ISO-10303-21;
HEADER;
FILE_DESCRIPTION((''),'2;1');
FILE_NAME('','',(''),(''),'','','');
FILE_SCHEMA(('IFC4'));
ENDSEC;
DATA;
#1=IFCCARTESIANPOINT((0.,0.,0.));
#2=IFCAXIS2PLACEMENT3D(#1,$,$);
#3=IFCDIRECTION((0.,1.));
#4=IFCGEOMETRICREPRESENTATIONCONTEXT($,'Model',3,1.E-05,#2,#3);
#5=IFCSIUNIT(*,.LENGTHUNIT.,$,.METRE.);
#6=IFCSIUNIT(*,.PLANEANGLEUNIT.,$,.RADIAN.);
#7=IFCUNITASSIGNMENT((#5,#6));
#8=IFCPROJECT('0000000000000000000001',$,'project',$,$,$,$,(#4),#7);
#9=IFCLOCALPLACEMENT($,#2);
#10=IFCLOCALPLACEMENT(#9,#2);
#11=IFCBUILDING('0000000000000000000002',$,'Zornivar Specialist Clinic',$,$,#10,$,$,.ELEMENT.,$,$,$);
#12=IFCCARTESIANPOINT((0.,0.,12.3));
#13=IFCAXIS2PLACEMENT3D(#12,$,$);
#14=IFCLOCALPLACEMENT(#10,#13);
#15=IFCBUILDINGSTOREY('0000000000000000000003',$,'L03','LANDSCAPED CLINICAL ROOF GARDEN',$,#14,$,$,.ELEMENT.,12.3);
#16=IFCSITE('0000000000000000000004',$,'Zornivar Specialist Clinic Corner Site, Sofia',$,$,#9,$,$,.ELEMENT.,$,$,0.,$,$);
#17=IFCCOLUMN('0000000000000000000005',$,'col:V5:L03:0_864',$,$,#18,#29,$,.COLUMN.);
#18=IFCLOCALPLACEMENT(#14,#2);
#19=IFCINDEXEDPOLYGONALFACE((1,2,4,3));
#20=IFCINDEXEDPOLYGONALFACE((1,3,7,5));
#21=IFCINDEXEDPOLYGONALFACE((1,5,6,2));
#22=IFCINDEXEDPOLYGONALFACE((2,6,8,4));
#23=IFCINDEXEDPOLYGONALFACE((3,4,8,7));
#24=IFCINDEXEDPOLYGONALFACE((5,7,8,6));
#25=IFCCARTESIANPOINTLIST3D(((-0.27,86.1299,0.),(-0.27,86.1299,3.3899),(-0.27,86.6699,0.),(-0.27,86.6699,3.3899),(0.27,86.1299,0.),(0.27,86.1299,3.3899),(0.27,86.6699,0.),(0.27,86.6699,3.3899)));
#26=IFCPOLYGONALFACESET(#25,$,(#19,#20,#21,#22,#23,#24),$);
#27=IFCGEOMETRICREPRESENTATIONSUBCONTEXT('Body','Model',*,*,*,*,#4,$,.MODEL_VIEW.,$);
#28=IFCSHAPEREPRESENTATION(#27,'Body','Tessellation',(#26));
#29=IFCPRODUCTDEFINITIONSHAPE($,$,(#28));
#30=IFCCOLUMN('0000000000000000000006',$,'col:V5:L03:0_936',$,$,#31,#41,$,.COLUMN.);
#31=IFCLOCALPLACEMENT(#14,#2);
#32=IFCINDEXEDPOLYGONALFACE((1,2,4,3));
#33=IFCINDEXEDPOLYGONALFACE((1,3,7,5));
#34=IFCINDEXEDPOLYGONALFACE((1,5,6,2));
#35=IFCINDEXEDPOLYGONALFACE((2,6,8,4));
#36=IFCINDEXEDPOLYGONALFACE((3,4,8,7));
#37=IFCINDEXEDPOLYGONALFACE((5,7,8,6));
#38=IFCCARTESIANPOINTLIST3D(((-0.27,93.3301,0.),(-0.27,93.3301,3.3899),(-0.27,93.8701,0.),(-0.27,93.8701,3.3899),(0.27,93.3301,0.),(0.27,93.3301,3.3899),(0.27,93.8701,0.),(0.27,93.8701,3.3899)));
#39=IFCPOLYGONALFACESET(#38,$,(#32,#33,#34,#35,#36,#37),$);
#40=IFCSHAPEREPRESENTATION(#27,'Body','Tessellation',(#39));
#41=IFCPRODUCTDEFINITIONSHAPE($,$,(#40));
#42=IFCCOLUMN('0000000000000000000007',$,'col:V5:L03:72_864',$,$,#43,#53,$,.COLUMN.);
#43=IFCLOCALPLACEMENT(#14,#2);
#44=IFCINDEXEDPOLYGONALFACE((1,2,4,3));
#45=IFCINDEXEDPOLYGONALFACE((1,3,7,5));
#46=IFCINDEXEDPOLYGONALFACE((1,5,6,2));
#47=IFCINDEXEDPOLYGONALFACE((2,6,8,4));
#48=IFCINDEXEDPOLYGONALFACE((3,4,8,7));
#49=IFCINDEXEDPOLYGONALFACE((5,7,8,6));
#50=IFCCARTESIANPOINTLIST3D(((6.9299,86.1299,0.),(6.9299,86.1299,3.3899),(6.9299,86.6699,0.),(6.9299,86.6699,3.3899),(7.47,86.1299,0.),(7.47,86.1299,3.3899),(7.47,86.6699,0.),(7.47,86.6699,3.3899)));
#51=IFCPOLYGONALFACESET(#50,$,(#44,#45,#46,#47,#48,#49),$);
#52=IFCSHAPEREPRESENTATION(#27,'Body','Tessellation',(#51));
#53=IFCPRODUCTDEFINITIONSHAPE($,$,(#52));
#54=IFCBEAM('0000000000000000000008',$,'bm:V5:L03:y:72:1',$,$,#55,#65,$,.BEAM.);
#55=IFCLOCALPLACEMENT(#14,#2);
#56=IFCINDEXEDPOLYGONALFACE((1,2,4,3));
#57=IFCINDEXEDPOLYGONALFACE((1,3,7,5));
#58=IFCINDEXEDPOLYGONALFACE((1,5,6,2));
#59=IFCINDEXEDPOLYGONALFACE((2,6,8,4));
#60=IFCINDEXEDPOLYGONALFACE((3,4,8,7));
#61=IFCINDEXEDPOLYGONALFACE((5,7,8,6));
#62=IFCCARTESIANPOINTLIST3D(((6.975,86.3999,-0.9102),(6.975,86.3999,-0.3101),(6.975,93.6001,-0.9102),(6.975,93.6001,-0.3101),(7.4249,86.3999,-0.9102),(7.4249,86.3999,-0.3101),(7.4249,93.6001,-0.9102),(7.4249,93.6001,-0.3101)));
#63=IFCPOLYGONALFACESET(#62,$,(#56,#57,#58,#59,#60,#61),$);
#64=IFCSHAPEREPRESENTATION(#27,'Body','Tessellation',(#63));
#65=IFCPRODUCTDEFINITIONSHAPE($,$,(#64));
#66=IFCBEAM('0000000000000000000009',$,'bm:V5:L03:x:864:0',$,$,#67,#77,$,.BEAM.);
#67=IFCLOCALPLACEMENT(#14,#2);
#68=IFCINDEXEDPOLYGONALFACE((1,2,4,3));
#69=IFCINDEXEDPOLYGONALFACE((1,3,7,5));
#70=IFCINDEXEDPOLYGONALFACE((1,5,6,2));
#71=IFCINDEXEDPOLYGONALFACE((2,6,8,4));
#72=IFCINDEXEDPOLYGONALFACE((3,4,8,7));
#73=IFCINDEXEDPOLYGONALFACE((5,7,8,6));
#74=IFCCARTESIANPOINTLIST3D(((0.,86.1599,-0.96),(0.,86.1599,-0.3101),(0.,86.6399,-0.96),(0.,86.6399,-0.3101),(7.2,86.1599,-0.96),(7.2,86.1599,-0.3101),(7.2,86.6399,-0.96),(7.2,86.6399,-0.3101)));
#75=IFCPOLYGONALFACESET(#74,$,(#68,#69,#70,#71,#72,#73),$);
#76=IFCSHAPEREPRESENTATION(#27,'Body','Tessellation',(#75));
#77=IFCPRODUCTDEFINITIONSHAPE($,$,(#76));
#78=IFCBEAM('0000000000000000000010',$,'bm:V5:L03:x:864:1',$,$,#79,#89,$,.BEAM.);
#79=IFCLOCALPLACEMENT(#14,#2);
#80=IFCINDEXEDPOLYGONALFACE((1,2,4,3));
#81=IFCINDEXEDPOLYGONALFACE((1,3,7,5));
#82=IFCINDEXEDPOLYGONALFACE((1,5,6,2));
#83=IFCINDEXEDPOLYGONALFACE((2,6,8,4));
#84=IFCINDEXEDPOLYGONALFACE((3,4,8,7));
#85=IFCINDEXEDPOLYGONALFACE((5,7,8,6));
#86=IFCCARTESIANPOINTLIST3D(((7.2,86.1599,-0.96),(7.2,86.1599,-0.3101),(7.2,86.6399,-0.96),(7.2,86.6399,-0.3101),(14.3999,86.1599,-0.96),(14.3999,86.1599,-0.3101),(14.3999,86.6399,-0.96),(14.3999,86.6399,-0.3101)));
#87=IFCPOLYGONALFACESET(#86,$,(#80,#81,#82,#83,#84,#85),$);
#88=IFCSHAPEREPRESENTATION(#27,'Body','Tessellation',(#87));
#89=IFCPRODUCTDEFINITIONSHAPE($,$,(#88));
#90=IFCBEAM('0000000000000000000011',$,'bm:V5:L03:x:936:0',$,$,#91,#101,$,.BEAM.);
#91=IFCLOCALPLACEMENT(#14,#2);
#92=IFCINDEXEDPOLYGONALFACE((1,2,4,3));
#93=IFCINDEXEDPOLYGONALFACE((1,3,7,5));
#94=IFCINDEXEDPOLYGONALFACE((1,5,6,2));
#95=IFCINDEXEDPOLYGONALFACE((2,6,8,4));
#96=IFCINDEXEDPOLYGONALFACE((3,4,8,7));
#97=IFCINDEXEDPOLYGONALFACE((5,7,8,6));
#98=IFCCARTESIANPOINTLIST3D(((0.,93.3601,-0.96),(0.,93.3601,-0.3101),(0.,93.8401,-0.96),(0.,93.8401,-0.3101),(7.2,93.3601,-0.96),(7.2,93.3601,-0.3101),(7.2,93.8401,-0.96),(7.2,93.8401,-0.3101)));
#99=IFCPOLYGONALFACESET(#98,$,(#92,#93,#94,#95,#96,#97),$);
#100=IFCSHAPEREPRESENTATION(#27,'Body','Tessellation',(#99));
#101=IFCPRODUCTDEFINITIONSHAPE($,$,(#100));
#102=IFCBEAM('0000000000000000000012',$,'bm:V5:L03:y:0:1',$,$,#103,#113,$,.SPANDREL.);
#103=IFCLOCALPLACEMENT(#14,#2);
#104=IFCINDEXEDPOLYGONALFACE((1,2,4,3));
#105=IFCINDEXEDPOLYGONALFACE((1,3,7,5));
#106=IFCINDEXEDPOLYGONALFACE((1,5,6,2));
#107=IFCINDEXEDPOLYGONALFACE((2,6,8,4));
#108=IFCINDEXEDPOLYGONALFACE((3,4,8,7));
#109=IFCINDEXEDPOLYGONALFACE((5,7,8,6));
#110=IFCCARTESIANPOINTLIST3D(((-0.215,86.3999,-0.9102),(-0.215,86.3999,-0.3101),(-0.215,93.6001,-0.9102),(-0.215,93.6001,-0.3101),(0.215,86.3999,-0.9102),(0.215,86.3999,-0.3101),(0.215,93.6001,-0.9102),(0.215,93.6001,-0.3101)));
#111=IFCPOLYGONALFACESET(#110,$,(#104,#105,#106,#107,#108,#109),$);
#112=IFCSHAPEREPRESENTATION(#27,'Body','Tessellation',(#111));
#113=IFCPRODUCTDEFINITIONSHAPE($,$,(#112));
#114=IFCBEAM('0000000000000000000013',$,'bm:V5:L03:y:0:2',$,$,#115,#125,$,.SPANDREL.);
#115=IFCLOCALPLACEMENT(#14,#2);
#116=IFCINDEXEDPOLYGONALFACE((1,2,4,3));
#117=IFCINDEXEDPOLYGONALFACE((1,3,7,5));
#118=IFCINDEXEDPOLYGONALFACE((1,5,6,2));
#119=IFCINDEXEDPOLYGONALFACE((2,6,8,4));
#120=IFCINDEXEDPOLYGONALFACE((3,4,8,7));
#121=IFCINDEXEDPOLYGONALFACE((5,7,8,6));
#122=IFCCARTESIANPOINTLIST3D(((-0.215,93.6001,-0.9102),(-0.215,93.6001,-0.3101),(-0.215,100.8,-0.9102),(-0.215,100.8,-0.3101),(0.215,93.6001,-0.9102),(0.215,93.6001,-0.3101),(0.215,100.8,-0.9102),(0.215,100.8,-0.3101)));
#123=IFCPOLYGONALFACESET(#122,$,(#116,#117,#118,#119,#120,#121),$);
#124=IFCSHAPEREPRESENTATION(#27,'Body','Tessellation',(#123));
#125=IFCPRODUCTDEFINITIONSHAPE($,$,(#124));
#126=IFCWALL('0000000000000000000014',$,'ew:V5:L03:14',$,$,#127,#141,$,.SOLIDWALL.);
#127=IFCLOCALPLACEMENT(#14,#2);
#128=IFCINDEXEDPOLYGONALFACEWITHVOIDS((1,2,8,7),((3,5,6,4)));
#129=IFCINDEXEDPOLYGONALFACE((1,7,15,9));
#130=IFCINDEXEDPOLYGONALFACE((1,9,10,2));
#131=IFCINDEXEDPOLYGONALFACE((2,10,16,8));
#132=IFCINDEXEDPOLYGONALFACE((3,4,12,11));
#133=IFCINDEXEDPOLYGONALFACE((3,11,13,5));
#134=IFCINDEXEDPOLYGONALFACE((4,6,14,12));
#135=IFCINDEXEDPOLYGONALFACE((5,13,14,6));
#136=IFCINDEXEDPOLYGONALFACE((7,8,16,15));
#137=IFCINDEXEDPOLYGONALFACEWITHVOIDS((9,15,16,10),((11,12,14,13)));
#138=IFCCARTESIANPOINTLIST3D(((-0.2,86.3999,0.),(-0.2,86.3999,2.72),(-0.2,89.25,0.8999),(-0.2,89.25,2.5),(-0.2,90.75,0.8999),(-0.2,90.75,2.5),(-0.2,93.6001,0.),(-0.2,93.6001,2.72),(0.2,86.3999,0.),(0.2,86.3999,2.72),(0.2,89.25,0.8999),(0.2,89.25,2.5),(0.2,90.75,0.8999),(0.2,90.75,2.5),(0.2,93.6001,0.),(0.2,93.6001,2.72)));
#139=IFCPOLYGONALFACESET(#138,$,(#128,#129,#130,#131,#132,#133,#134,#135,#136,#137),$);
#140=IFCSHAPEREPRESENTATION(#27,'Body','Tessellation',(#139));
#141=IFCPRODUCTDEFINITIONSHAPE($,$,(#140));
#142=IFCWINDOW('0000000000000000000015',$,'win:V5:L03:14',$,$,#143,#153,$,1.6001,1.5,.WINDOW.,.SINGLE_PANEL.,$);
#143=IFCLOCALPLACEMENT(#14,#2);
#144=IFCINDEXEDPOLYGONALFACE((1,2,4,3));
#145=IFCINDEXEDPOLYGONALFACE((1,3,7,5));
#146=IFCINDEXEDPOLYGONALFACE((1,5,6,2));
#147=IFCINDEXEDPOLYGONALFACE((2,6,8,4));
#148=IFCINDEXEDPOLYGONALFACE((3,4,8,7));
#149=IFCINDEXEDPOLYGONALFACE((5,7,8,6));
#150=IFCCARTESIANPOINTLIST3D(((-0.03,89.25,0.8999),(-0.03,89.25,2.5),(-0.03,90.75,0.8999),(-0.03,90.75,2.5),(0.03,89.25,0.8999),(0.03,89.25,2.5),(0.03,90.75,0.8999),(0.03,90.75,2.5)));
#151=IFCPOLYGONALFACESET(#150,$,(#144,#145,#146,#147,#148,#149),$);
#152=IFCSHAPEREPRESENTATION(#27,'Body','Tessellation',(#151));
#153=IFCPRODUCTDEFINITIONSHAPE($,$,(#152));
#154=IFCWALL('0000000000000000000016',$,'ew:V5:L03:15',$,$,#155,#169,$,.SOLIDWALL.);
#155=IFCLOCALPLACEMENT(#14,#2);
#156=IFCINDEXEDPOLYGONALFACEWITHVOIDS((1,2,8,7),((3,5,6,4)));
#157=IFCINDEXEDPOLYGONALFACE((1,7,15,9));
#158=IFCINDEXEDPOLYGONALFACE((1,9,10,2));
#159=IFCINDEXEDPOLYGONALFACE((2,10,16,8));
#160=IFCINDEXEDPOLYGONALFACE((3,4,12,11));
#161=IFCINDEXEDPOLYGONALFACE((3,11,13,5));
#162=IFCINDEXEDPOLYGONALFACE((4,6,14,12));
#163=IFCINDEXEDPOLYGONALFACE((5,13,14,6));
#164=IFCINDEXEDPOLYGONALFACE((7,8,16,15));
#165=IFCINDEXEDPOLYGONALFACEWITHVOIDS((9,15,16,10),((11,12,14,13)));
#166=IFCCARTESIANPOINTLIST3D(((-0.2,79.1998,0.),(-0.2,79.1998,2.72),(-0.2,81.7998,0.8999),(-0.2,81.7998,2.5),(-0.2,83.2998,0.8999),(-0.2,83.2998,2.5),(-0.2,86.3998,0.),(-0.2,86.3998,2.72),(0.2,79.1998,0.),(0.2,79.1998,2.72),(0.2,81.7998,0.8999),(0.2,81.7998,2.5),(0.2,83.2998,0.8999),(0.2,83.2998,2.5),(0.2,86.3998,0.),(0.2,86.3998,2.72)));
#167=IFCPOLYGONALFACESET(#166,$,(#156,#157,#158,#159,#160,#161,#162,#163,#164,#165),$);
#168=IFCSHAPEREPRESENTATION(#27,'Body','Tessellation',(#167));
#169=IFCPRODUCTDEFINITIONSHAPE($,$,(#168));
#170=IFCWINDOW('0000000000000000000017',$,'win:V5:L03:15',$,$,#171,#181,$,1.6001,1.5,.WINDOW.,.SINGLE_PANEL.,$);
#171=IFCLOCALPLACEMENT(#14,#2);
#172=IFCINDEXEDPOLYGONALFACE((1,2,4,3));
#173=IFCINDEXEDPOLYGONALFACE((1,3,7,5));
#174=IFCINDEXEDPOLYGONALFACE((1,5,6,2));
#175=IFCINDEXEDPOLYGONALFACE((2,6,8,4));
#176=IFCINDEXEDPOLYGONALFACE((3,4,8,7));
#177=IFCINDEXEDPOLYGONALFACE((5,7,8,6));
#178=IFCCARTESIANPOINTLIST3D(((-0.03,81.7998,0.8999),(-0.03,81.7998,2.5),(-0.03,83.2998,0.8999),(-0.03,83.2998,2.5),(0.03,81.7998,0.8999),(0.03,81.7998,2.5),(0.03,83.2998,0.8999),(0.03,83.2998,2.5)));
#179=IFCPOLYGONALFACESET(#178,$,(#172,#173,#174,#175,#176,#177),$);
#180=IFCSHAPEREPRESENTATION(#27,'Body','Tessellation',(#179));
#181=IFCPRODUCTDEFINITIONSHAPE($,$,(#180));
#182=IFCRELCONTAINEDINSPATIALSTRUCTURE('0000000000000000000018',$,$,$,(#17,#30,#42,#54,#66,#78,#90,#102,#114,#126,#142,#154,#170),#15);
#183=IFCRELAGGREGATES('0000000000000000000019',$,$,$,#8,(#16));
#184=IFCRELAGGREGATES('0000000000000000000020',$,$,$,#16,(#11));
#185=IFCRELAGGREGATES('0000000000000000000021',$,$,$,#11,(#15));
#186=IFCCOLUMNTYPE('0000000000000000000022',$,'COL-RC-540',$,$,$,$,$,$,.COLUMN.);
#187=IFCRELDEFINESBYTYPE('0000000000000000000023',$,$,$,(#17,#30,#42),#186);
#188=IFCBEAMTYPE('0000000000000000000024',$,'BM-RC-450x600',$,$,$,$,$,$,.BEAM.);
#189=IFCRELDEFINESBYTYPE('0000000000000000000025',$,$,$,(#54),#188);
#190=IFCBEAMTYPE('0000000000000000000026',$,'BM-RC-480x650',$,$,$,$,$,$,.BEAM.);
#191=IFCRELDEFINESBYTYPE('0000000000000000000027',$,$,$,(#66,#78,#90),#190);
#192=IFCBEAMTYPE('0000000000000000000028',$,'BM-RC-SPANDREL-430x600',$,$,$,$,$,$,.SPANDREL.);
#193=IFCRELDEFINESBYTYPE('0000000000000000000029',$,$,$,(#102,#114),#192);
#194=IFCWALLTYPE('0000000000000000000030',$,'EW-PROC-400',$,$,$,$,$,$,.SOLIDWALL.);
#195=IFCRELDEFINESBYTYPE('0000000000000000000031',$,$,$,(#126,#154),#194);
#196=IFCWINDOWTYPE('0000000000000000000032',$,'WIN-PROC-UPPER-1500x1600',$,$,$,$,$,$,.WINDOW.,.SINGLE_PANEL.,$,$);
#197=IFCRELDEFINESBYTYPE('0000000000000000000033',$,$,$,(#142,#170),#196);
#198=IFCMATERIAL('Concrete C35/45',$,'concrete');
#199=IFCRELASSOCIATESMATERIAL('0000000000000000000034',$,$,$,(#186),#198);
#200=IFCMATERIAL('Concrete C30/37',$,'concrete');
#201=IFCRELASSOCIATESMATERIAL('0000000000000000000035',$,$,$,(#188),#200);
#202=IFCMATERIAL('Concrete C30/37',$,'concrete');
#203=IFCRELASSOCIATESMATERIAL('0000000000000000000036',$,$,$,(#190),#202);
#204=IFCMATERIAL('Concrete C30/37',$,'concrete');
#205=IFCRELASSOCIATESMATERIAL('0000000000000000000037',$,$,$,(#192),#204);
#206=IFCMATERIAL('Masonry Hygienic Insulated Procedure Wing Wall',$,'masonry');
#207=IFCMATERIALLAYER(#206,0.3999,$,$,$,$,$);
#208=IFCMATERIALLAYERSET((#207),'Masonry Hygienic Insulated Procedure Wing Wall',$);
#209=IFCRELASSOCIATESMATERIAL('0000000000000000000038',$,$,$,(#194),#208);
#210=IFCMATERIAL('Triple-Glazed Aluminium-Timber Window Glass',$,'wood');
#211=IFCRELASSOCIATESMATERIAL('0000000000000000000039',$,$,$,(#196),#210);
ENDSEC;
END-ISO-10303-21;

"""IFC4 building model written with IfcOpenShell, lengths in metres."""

from ifc_helpers import new_model, si_unit, direction, frame, frame_2d, origin, origin_2d, place, context, subcontext, project, spatial, rectangle, extrude, material, layer, layer_set, material_profile, profile_set, type_object, element, fill, save


model = new_model("IFC4")

# Units and contexts
model_context = context("Model", 3, precision=1e-05, world=origin(), true_north=direction((0.0, 1.0)))
body_context = subcontext(model_context, "Body", "Model", "MODEL_VIEW")
ifc_project = project(units=[si_unit("LENGTHUNIT", "METRE"), si_unit("PLANEANGLEUNIT", "RADIAN")], contexts=[model_context])

# Site, building, storey
site_placement = place(None, origin())
site = spatial("IfcSite", under=ifc_project, at=site_placement, Name="Zornivar Specialist Clinic Corner Site, Sofia", CompositionType="ELEMENT", RefElevation=0.0)
building_placement = place(site_placement, origin())
building = spatial("IfcBuilding", under=site, at=building_placement, Name="Zornivar Specialist Clinic", CompositionType="ELEMENT")
storey_placement = place(building_placement, frame((0.0, 0.0, 12.3)))
storey = spatial("IfcBuildingStorey", under=building, at=storey_placement, Name="L03", Description="LANDSCAPED CLINICAL ROOF GARDEN", CompositionType="ELEMENT", Elevation=12.3)

# Columns
ifc_material_1 = material(Name="Concrete C35/45", Category="concrete")
ifc_material_profile_1 = material_profile(ifc_material_1, rectangle(XDim=0.54, YDim=0.54, at=origin_2d()), Name="RC 540x540")
ifc_profile_set_1 = profile_set([ifc_material_profile_1], Name="Concrete C35/45")
column_type = type_object("IfcColumnType", Name="COL-RC-540", PredefinedType="COLUMN", material=ifc_profile_set_1)
for number, where, z_axis, x_axis, name in (
    (1, (0.0, 86.3999, 0.0), (0.0, 0.0, 1.0), (1.0, 0.0, 0.0), "col:V5:L03:0_864"),
    (2, (0.0, 93.6001, 0.0), (0.0, 0.0, 1.0), (1.0, 0.0, 0.0), "col:V5:L03:0_936"),
    (3, (7.2, 86.3999, 0.0), (0.0, 0.0, 1.0), (1.0, 0.0, 0.0), "col:V5:L03:72_864"),
):
    element("IfcColumn", number, at=place(storey_placement, frame(where, z_axis=z_axis, x_axis=x_axis)), inside=storey, type_object=column_type, Name=name, PredefinedType="COLUMN", context=body_context, shape_type="SweptSolid", body=[
        extrude(rectangle(XDim=0.54, YDim=0.54, at=origin_2d()), origin(), (0.0, 0.0, 1.0), 3.3899),
    ])

# Beams
ifc_material_2 = material(Name="Concrete C30/37", Category="concrete")
ifc_material_profile_2 = material_profile(ifc_material_2, rectangle(XDim=0.45, YDim=0.6001, at=origin_2d()), Name="RC 450x600")
ifc_profile_set_2 = profile_set([ifc_material_profile_2], Name="Concrete C30/37")
beam_type_1 = type_object("IfcBeamType", Name="BM-RC-450x600", PredefinedType="BEAM", material=ifc_profile_set_2)
beam_1_placement = place(storey_placement, frame((7.2, 86.3999, -0.6101), z_axis=(0.0, 1.0, 0.0), x_axis=(-1.0, 0.0, 0.0)))
element("IfcBeam", 4, at=beam_1_placement, inside=storey, type_object=beam_type_1, Name="bm:V5:L03:y:72:1", PredefinedType="BEAM", context=body_context, shape_type="SweptSolid", body=[
    extrude(rectangle(XDim=0.45, YDim=0.6001, at=origin_2d()), origin(), (0.0, 0.0, 1.0), 7.2002),
])
ifc_material_3 = material(Name="Concrete C30/37", Category="concrete")
ifc_material_profile_3 = material_profile(ifc_material_3, rectangle(XDim=0.48, YDim=0.6499, at=origin_2d()), Name="RC 480x650")
ifc_profile_set_3 = profile_set([ifc_material_profile_3], Name="Concrete C30/37")
beam_type_2 = type_object("IfcBeamType", Name="BM-RC-480x650", PredefinedType="BEAM", material=ifc_profile_set_3)
for number, where, z_axis, x_axis, name in (
    (5, (0.0, 86.3999, -0.635), (1.0, 0.0, 0.0), (0.0, 1.0, 0.0), "bm:V5:L03:x:864:0"),
    (6, (7.2, 86.3999, -0.635), (1.0, 0.0, 0.0), (0.0, 1.0, 0.0), "bm:V5:L03:x:864:1"),
    (7, (0.0, 93.6001, -0.635), (1.0, 0.0, 0.0), (0.0, 1.0, 0.0), "bm:V5:L03:x:936:0"),
):
    element("IfcBeam", number, at=place(storey_placement, frame(where, z_axis=z_axis, x_axis=x_axis)), inside=storey, type_object=beam_type_2, Name=name, PredefinedType="BEAM", context=body_context, shape_type="SweptSolid", body=[
        extrude(rectangle(XDim=0.48, YDim=0.6499, at=origin_2d()), origin(), (0.0, 0.0, 1.0), 7.2),
    ])
ifc_material_4 = material(Name="Concrete C30/37", Category="concrete")
ifc_material_profile_4 = material_profile(ifc_material_4, rectangle(XDim=0.4299, YDim=0.6001, at=origin_2d()), Name="RC 430x600")
ifc_profile_set_4 = profile_set([ifc_material_profile_4], Name="Concrete C30/37")
beam_type_3 = type_object("IfcBeamType", Name="BM-RC-SPANDREL-430x600", PredefinedType="SPANDREL", material=ifc_profile_set_4)
beam_2_placement = place(storey_placement, frame((0.0, 86.3999, -0.6101), z_axis=(0.0, 1.0, 0.0), x_axis=(-1.0, 0.0, 0.0)))
element("IfcBeam", 8, at=beam_2_placement, inside=storey, type_object=beam_type_3, Name="bm:V5:L03:y:0:1", PredefinedType="SPANDREL", context=body_context, shape_type="SweptSolid", body=[
    extrude(rectangle(XDim=0.4299, YDim=0.6001, at=origin_2d()), origin(), (0.0, 0.0, 1.0), 7.2002),
])
beam_3_placement = place(storey_placement, frame((0.0, 93.6001, -0.6101), z_axis=(0.0, 1.0, 0.0), x_axis=(-1.0, 0.0, 0.0)))
element("IfcBeam", 9, at=beam_3_placement, inside=storey, type_object=beam_type_3, Name="bm:V5:L03:y:0:2", PredefinedType="SPANDREL", context=body_context, shape_type="SweptSolid", body=[
    extrude(rectangle(XDim=0.4299, YDim=0.6001, at=origin_2d()), origin(), (0.0, 0.0, 1.0), 7.2),
])

# Walls, openings, windows
ifc_material_5 = material(Name="Masonry Hygienic Insulated Procedure Wing Wall", Category="masonry")
ifc_layer_1 = layer(ifc_material_5, 0.3999)
ifc_layer_set_1 = layer_set([ifc_layer_1], Name="Masonry Hygienic Insulated Procedure Wing Wall")
wall_type_1 = type_object("IfcWallType", Name="EW-PROC-400", PredefinedType="SOLIDWALL", material=ifc_layer_set_1)
wall_1_placement = place(storey_placement, frame((0.0, 93.6001, 0.0), z_axis=(0.0, 0.0, 1.0), x_axis=(0.0, -1.0, 0.0)))
wall_1 = element("IfcWall", 10, at=wall_1_placement, inside=storey, type_object=wall_type_1, Name="ew:V5:L03:14", PredefinedType="SOLIDWALL", context=body_context, shape_type="SweptSolid", body=[
    extrude(rectangle(XDim=7.2002, YDim=0.3999, at=frame_2d((3.6001, 0.0))), origin(), (0.0, 0.0, 1.0), 2.72),
])
opening_1_placement = place(wall_1_placement, frame((2.8501, 0.0, 0.8999)))
opening_1 = element("IfcOpeningElement", 11, at=opening_1_placement, cuts=wall_1, PredefinedType="OPENING", context=body_context, shape_type="SweptSolid", body=[
    extrude(rectangle(XDim=1.5, YDim=1.6001, at=frame_2d((0.75, 0.8))), frame((0.0, 0.21, 0.0), z_axis=(0.0, -1.0, 0.0), x_axis=(1.0, 0.0, 0.0)), (0.0, 0.0, 1.0), 0.4199),
])
ifc_material_6 = material(Name="Triple-Glazed Aluminium-Timber Window Glass", Category="wood")
window_type = type_object("IfcWindowType", Name="WIN-PROC-UPPER-1500x1600", PartitioningType="SINGLE_PANEL", PredefinedType="WINDOW", material=ifc_material_6)
window_1_placement = place(opening_1_placement, origin())
window_1 = element("IfcWindow", 12, at=window_1_placement, inside=storey, type_object=window_type, Name="win:V5:L03:14", OverallHeight=1.6001, OverallWidth=1.5, PartitioningType="SINGLE_PANEL", PredefinedType="WINDOW", context=body_context, shape_type="SweptSolid", body=[
    extrude(rectangle(XDim=1.5, YDim=1.6001, at=frame_2d((0.75, 0.8))), frame((0.0, 0.03, 0.0), z_axis=(0.0, -1.0, 0.0), x_axis=(1.0, 0.0, 0.0)), (0.0, 0.0, 1.0), 0.0601),
])
fill(opening_1, window_1)
wall_2_placement = place(storey_placement, frame((0.0, 86.3999, 0.0), z_axis=(0.0, 0.0, 1.0), x_axis=(0.0, -1.0, 0.0)))
wall_2 = element("IfcWall", 13, at=wall_2_placement, inside=storey, type_object=wall_type_1, Name="ew:V5:L03:15", PredefinedType="SOLIDWALL", context=body_context, shape_type="SweptSolid", body=[
    extrude(rectangle(XDim=7.2, YDim=0.3999, at=frame_2d((3.6001, 0.0))), origin(), (0.0, 0.0, 1.0), 2.72),
])
opening_2_placement = place(wall_2_placement, frame((3.1001, 0.0, 0.8999)))
opening_2 = element("IfcOpeningElement", 14, at=opening_2_placement, cuts=wall_2, PredefinedType="OPENING", context=body_context, shape_type="SweptSolid", body=[
    extrude(rectangle(XDim=1.5, YDim=1.6001, at=frame_2d((0.75, 0.8))), frame((0.0, 0.21, 0.0), z_axis=(0.0, -1.0, 0.0), x_axis=(1.0, 0.0, 0.0)), (0.0, 0.0, 1.0), 0.4199),
])
window_2_placement = place(opening_2_placement, origin())
window_2 = element("IfcWindow", 15, at=window_2_placement, inside=storey, type_object=window_type, Name="win:V5:L03:15", OverallHeight=1.6001, OverallWidth=1.5, PartitioningType="SINGLE_PANEL", PredefinedType="WINDOW", context=body_context, shape_type="SweptSolid", body=[
    extrude(rectangle(XDim=1.5, YDim=1.6001, at=frame_2d((0.75, 0.8))), frame((0.0, 0.03, 0.0), z_axis=(0.0, -1.0, 0.0), x_axis=(1.0, 0.0, 0.0)), (0.0, 0.0, 1.0), 0.0601),
])
fill(opening_2, window_2)

save(model, "model.ifc")
